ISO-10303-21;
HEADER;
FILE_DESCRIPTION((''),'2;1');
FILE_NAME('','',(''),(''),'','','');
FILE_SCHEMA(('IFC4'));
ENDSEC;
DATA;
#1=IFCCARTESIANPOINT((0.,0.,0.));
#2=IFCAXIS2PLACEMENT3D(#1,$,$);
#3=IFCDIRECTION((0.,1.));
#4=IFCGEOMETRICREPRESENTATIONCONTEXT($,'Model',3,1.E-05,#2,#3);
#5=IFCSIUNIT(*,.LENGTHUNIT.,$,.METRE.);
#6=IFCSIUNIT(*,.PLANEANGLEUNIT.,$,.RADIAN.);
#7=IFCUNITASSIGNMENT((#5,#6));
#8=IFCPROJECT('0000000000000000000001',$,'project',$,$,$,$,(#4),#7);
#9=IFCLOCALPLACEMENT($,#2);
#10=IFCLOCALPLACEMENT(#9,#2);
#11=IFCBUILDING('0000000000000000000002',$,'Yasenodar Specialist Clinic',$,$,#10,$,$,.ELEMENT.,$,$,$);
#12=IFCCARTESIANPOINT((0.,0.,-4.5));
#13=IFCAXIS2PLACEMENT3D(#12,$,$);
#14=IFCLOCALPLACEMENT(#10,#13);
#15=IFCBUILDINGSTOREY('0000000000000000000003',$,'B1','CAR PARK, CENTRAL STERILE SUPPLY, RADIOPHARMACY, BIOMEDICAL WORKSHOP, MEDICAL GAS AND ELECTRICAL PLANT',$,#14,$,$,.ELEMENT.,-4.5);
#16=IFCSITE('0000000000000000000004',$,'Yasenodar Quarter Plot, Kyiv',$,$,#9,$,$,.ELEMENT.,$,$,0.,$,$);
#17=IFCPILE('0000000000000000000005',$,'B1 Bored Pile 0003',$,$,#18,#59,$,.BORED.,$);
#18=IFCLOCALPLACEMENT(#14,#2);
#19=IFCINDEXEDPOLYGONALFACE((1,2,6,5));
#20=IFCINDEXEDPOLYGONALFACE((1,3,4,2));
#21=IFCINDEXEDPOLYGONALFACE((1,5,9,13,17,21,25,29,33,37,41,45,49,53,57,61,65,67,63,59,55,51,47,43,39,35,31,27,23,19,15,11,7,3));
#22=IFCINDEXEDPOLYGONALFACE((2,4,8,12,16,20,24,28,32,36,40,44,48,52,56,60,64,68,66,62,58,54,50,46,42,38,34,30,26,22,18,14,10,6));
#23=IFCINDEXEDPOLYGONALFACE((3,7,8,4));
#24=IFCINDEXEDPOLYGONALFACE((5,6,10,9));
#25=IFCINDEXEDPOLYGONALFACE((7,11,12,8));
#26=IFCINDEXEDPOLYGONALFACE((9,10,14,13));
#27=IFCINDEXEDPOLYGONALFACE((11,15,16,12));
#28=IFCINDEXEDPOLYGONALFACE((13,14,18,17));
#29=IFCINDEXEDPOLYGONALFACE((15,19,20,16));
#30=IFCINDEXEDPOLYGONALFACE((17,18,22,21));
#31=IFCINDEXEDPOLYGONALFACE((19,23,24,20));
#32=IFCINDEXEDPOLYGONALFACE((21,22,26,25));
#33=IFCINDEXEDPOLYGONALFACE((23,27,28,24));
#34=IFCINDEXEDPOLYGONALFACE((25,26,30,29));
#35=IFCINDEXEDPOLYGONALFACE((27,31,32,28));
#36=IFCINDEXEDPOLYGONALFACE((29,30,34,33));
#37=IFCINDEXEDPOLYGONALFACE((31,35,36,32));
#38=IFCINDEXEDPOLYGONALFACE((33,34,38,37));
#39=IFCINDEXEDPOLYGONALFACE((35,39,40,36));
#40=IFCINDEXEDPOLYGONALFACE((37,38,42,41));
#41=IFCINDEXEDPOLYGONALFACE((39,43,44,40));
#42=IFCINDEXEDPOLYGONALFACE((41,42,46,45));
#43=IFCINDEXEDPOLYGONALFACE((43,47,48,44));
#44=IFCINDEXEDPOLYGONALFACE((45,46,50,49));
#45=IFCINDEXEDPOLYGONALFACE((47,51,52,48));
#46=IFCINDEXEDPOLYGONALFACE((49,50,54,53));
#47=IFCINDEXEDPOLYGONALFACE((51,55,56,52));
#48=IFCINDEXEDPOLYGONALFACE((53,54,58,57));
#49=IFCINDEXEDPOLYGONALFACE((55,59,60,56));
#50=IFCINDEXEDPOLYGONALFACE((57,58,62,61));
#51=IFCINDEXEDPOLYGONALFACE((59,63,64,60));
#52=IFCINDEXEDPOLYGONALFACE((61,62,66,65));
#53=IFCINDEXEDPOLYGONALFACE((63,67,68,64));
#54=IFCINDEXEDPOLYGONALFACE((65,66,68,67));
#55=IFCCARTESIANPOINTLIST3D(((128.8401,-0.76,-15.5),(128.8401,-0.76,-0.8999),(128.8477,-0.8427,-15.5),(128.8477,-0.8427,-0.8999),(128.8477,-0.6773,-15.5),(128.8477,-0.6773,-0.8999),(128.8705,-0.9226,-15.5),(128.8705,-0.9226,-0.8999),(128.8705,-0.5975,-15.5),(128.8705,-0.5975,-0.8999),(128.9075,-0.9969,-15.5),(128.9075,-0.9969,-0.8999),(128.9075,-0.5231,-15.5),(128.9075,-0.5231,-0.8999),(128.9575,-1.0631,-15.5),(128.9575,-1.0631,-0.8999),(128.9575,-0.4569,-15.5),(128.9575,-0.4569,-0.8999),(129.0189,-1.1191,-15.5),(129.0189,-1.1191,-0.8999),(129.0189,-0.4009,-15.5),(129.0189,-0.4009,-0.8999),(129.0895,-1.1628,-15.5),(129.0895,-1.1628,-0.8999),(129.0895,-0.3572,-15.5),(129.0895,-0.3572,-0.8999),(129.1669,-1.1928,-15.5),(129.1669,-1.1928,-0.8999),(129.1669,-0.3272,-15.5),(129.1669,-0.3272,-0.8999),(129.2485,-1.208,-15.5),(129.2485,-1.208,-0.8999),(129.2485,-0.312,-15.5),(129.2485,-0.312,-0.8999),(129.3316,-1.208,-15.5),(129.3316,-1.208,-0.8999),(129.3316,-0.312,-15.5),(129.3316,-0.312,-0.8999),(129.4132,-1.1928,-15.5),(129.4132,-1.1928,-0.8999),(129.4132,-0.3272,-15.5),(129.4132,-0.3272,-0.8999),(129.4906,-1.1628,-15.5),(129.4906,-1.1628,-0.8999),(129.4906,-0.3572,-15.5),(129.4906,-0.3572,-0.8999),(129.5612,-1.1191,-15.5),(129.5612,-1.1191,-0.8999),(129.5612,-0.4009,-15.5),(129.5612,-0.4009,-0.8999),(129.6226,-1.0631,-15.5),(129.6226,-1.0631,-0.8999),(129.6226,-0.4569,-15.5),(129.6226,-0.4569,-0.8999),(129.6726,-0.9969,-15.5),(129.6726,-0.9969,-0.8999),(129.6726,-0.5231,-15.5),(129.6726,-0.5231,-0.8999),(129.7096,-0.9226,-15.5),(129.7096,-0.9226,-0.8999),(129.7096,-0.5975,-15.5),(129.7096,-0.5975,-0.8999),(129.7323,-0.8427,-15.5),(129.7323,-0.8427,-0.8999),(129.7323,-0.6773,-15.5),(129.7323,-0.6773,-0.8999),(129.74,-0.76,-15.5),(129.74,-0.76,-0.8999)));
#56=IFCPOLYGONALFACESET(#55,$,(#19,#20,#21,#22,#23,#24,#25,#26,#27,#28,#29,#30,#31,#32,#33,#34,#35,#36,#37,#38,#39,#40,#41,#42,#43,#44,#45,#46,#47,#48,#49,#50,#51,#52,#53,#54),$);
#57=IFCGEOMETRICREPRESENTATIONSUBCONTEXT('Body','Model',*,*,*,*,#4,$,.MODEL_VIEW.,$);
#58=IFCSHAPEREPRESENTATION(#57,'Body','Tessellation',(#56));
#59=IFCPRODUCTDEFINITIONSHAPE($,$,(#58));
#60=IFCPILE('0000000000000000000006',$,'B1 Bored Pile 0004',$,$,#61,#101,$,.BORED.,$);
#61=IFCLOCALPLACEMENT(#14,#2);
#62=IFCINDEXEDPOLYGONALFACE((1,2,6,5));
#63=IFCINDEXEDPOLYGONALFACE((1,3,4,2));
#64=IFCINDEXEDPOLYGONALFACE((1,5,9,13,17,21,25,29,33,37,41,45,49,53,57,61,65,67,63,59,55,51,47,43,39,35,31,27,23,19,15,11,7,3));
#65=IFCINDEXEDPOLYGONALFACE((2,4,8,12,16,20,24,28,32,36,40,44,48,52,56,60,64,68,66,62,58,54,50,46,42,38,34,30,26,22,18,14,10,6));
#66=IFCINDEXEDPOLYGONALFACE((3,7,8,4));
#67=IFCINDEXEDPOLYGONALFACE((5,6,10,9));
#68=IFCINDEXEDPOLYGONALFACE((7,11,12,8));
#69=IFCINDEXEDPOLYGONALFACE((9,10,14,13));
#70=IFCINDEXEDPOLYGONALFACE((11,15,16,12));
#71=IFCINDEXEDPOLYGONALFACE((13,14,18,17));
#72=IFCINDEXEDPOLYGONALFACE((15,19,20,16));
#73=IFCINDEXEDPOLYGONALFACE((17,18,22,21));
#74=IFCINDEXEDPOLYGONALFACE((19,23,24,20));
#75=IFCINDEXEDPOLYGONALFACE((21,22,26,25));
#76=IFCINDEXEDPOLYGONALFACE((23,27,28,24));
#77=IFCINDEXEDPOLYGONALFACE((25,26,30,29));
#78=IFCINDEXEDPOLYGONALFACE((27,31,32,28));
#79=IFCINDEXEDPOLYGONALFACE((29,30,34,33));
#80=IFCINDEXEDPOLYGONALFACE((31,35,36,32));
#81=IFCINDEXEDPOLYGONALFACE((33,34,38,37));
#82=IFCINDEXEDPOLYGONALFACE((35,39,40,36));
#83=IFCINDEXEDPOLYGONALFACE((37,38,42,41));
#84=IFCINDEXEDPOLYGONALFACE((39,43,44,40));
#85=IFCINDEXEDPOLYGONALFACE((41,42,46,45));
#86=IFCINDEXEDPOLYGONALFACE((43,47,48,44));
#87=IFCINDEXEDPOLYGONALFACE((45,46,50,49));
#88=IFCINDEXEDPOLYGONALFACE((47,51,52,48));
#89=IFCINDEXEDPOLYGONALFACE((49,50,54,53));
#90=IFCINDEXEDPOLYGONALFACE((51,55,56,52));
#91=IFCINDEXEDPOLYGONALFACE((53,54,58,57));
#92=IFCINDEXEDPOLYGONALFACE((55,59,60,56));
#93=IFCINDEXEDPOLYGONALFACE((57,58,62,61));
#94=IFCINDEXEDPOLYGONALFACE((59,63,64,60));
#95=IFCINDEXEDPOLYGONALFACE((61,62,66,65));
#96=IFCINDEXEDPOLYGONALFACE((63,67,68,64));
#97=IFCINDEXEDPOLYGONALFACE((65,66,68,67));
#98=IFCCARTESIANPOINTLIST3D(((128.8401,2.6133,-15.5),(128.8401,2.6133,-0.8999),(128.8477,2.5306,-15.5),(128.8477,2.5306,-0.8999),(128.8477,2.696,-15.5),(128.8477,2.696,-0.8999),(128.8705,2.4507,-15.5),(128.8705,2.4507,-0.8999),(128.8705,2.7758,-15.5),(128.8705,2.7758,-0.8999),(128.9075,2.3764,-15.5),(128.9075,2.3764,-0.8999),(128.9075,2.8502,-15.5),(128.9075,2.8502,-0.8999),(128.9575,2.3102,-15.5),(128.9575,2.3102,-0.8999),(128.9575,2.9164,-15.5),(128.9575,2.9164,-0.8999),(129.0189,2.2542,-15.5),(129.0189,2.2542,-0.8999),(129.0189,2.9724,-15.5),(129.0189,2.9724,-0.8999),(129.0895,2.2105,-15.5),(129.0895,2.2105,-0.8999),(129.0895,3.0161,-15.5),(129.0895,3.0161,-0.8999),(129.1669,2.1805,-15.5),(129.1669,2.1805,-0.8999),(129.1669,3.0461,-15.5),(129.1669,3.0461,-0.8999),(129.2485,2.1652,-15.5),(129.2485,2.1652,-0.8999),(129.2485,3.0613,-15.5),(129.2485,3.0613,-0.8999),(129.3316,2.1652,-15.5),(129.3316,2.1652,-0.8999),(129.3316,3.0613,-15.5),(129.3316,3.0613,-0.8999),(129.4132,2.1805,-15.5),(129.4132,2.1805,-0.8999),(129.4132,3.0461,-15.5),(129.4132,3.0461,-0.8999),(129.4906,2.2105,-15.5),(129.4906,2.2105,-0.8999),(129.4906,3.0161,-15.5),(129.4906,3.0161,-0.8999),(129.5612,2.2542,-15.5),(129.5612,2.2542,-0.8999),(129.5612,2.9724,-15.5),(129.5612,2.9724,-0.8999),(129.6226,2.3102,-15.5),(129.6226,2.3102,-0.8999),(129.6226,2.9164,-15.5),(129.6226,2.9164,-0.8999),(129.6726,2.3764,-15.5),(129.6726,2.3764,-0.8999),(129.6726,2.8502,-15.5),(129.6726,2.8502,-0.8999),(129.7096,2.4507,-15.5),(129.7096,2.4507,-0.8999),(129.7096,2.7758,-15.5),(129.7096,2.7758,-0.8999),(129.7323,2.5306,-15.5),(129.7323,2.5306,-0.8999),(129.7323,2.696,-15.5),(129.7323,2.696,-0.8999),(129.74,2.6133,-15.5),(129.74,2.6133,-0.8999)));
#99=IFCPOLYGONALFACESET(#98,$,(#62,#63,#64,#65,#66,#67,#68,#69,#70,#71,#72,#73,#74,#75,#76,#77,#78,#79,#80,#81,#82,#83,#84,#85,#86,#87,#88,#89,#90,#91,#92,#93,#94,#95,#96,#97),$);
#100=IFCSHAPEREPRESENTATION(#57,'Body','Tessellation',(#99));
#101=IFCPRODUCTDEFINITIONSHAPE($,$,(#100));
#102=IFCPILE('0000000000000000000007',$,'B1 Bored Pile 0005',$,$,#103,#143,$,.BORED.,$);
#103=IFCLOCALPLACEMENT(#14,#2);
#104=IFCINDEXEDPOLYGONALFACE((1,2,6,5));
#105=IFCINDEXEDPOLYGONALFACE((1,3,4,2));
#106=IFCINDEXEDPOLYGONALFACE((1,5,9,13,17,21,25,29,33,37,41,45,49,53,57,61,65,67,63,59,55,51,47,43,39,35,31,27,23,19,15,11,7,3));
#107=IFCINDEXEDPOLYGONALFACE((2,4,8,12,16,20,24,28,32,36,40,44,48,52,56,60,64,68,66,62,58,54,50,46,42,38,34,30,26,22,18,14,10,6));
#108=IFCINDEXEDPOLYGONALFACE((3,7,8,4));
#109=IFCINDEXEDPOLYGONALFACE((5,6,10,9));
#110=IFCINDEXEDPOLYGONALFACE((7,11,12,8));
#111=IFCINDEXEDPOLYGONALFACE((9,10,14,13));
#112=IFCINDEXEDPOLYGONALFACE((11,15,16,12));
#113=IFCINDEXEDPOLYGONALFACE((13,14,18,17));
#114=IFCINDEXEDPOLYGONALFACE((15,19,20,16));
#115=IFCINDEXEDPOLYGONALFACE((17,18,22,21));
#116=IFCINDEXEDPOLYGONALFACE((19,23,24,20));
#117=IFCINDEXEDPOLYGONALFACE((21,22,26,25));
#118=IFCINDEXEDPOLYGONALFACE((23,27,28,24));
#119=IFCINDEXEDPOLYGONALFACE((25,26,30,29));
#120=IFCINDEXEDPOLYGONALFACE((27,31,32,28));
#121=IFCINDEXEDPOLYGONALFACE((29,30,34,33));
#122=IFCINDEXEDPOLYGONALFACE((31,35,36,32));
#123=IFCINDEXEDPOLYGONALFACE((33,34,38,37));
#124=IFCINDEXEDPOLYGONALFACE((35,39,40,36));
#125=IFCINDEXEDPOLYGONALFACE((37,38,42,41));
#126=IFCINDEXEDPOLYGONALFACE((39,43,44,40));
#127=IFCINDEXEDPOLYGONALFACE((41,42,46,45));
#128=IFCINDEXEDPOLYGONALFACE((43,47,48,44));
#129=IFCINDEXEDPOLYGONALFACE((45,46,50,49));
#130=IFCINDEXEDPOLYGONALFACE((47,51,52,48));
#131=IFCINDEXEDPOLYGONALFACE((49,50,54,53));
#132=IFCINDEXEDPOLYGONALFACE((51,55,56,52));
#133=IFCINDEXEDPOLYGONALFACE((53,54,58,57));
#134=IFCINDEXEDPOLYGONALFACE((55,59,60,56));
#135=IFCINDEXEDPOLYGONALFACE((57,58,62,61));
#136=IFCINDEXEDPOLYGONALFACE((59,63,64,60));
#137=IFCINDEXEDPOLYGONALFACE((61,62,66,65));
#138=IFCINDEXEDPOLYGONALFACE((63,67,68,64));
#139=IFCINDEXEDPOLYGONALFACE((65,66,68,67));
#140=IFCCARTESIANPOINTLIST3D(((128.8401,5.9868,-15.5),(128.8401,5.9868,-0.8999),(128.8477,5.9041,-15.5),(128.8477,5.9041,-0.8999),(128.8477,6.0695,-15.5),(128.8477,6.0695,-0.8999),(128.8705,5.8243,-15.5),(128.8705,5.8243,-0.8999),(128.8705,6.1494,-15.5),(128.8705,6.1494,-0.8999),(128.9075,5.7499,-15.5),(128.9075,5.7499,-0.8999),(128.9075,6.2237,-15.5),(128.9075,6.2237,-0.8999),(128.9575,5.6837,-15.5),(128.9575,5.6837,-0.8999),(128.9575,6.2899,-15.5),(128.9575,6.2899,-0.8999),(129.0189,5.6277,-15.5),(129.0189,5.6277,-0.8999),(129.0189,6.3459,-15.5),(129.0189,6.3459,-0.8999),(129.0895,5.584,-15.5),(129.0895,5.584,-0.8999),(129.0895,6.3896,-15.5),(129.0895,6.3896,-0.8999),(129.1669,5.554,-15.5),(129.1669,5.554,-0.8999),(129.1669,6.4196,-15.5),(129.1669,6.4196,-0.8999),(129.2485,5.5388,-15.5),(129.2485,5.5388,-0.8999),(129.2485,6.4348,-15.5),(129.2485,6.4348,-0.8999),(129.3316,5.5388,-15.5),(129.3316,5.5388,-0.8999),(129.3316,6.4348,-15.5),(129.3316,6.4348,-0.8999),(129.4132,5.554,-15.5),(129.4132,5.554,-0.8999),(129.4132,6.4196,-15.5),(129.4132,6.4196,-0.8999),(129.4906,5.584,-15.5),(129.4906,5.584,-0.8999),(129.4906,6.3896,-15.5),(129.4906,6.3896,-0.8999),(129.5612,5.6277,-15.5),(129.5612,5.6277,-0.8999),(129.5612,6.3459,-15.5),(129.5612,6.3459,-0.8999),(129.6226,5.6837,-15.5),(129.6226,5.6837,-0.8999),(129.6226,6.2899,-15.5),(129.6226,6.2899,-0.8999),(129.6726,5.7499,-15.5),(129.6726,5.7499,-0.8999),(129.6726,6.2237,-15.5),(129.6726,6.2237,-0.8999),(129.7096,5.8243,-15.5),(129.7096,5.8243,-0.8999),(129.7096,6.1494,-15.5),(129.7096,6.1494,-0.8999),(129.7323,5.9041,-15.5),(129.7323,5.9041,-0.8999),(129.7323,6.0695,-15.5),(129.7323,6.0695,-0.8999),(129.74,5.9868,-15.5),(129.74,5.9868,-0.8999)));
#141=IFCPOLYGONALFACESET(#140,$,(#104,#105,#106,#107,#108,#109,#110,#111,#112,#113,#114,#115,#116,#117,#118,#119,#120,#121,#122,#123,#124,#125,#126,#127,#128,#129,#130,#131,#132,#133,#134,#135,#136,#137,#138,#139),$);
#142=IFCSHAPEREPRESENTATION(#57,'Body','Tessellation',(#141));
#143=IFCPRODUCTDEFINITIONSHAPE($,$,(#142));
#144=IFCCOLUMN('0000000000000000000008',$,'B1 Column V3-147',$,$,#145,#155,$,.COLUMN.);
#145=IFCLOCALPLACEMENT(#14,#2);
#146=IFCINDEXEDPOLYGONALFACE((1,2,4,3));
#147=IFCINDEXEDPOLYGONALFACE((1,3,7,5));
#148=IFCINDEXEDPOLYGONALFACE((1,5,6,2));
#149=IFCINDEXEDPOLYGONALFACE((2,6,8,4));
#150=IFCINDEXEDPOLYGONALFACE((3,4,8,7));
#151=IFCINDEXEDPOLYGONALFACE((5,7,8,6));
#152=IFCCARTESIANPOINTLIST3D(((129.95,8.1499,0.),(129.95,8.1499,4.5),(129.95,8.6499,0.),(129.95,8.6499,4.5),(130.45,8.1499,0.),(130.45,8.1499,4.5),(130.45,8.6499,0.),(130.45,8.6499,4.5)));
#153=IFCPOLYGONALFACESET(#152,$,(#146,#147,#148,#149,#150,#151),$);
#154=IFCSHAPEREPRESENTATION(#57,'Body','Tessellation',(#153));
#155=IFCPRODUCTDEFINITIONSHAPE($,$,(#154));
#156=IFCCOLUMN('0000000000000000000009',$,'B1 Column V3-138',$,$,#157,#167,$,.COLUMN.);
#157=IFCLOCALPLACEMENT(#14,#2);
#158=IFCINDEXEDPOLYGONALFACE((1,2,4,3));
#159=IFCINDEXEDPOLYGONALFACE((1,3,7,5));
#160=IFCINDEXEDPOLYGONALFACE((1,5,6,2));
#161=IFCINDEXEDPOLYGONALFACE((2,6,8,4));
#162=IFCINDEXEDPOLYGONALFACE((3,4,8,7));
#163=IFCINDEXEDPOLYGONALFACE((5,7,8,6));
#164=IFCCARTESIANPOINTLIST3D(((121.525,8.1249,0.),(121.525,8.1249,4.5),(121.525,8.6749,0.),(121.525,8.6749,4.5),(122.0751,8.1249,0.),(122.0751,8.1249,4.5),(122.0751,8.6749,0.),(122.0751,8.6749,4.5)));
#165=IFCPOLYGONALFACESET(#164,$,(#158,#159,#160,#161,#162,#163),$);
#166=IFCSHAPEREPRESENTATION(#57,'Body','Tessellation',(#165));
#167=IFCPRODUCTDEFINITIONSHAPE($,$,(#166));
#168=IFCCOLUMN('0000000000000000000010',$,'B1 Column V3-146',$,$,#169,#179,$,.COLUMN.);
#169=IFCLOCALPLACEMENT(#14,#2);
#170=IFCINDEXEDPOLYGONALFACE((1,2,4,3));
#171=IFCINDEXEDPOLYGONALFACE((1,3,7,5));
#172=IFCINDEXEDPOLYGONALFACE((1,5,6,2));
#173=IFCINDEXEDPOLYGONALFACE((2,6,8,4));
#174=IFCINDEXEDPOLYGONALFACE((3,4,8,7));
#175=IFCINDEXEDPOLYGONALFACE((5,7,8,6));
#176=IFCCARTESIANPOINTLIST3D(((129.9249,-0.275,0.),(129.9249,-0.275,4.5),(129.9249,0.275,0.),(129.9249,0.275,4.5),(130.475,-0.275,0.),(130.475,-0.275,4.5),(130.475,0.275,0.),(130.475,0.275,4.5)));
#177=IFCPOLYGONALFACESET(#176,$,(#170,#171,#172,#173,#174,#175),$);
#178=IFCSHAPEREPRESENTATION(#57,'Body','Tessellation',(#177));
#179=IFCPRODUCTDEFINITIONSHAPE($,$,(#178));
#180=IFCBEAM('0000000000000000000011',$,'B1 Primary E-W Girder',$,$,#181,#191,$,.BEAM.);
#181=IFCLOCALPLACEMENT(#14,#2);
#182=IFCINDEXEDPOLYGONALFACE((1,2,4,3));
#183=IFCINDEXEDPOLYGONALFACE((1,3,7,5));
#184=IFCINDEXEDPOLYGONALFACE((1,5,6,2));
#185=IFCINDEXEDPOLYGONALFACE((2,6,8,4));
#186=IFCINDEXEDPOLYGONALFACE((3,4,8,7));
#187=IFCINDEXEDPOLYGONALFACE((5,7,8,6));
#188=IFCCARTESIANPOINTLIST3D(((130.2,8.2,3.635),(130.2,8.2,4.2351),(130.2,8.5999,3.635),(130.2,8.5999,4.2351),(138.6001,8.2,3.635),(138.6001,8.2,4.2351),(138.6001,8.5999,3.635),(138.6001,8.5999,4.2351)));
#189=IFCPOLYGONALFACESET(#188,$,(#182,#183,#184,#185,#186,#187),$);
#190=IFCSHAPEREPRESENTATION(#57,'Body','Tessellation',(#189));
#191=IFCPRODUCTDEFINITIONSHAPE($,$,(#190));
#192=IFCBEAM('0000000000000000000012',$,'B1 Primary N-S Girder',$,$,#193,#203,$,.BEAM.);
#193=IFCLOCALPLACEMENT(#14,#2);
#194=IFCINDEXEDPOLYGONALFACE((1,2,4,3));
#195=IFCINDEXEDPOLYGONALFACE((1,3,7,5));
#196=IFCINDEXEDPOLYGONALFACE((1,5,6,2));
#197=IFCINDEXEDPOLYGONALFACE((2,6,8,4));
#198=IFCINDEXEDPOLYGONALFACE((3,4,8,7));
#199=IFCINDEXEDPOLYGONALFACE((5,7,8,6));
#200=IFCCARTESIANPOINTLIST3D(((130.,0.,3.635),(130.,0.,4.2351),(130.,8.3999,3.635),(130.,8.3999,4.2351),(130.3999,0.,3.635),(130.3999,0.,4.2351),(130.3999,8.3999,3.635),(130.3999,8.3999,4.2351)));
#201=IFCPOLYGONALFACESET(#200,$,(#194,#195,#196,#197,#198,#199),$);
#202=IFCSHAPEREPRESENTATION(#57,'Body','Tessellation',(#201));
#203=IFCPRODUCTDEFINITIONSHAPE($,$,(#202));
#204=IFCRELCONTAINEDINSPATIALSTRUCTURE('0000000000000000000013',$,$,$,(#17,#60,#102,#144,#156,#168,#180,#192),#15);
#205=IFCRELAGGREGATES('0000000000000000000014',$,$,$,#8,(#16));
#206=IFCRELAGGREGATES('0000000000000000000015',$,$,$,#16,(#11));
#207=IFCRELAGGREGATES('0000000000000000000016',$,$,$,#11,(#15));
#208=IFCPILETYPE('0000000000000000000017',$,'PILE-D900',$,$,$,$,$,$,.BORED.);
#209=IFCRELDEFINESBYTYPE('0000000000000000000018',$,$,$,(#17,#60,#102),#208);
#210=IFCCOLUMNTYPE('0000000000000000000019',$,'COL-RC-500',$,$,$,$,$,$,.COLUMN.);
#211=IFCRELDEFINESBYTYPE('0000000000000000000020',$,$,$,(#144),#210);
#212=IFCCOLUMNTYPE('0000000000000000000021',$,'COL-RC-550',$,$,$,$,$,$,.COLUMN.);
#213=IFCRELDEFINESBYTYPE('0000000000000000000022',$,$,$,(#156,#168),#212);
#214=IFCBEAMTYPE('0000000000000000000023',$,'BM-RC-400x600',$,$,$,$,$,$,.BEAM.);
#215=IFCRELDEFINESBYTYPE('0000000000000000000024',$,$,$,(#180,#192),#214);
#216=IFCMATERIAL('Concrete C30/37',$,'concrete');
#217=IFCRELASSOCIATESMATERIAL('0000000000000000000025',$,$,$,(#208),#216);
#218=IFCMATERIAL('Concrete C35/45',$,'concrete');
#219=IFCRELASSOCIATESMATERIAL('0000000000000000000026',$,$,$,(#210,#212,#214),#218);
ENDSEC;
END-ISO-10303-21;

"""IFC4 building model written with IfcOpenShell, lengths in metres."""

from ifc_helpers import new_model, si_unit, direction, frame, origin, origin_2d, place, context, subcontext, project, spatial, rectangle, circle, extrude, material, material_profile, profile_set, type_object, element, save


model = new_model("IFC4")

# Units and contexts
model_context = context("Model", 3, precision=1e-05, world=origin(), true_north=direction((0.0, 1.0)))
body_context = subcontext(model_context, "Body", "Model", "MODEL_VIEW")
ifc_project = project(units=[si_unit("LENGTHUNIT", "METRE"), si_unit("PLANEANGLEUNIT", "RADIAN")], contexts=[model_context])

# Site, building, storey
site_placement = place(None, origin())
site = spatial("IfcSite", under=ifc_project, at=site_placement, Name="Yasenodar Quarter Plot, Kyiv", CompositionType="ELEMENT", RefElevation=0.0)
building_placement = place(site_placement, origin())
building = spatial("IfcBuilding", under=site, at=building_placement, Name="Yasenodar Specialist Clinic", CompositionType="ELEMENT")
storey_placement = place(building_placement, frame((0.0, 0.0, -4.5)))
storey = spatial("IfcBuildingStorey", under=building, at=storey_placement, Name="B1", Description="CAR PARK, CENTRAL STERILE SUPPLY, RADIOPHARMACY, BIOMEDICAL WORKSHOP, MEDICAL GAS AND ELECTRICAL PLANT", CompositionType="ELEMENT", Elevation=-4.5)

# Shared definitions
ifc_material_1 = material(Name="Concrete C35/45", Category="concrete")

# Piles
ifc_material_2 = material(Name="Concrete C30/37", Category="concrete")
ifc_material_profile_1 = material_profile(ifc_material_2, circle(Radius=0.45, at=origin_2d()), Name="PILE D900")
ifc_profile_set_1 = profile_set([ifc_material_profile_1], Name="Concrete C30/37")
pile_type_1 = type_object("IfcPileType", Name="PILE-D900", PredefinedType="BORED", material=ifc_profile_set_1)
for number, where, z_axis, x_axis, name in (
    (1, (129.29, -0.76, -0.8999), (0.0, 0.0, -1.0), (1.0, 0.0, 0.0), "B1 Bored Pile 0003"),
    (2, (129.29, 2.6133, -0.8999), (0.0, 0.0, -1.0), (1.0, 0.0, 0.0), "B1 Bored Pile 0004"),
    (3, (129.29, 5.9868, -0.8999), (0.0, 0.0, -1.0), (1.0, 0.0, 0.0), "B1 Bored Pile 0005"),
):
    element("IfcPile", number, at=place(storey_placement, frame(where, z_axis=z_axis, x_axis=x_axis)), inside=storey, type_object=pile_type_1, Name=name, PredefinedType="BORED", context=body_context, shape_type="SweptSolid", body=[
        extrude(circle(Radius=0.45, at=origin_2d()), origin(), (0.0, 0.0, 1.0), 14.6001),
    ])

# Columns
ifc_material_profile_2 = material_profile(ifc_material_1, rectangle(XDim=0.5, YDim=0.5, at=origin_2d()), Name="RC 500x500")
ifc_profile_set_2 = profile_set([ifc_material_profile_2], Name="Concrete C35/45")
column_type_1 = type_object("IfcColumnType", Name="COL-RC-500", PredefinedType="COLUMN", material=ifc_profile_set_2)
column_placement = place(storey_placement, frame((130.2, 8.3999, 0.0), z_axis=(0.0, 0.0, 1.0), x_axis=(1.0, 0.0, 0.0)))
element("IfcColumn", 4, at=column_placement, inside=storey, type_object=column_type_1, Name="B1 Column V3-147", PredefinedType="COLUMN", context=body_context, shape_type="SweptSolid", body=[
    extrude(rectangle(XDim=0.5, YDim=0.5, at=origin_2d()), origin(), (0.0, 0.0, 1.0), 4.5),
])
ifc_material_profile_3 = material_profile(ifc_material_1, rectangle(XDim=0.55, YDim=0.55, at=origin_2d()), Name="RC 550x550")
ifc_profile_set_3 = profile_set([ifc_material_profile_3], Name="Concrete C35/45")
column_type_2 = type_object("IfcColumnType", Name="COL-RC-550", PredefinedType="COLUMN", material=ifc_profile_set_3)
for number, where, z_axis, x_axis, name in (
    (5, (121.8, 8.3999, 0.0), (0.0, 0.0, 1.0), (1.0, 0.0, 0.0), "B1 Column V3-138"),
    (6, (130.2, 0.0, 0.0), (0.0, 0.0, 1.0), (1.0, 0.0, 0.0), "B1 Column V3-146"),
):
    element("IfcColumn", number, at=place(storey_placement, frame(where, z_axis=z_axis, x_axis=x_axis)), inside=storey, type_object=column_type_2, Name=name, PredefinedType="COLUMN", context=body_context, shape_type="SweptSolid", body=[
        extrude(rectangle(XDim=0.55, YDim=0.55, at=origin_2d()), origin(), (0.0, 0.0, 1.0), 4.5),
    ])

# Beams
ifc_material_profile_4 = material_profile(ifc_material_1, rectangle(XDim=0.3999, YDim=0.6001, at=origin_2d()), Name="RC 400x600")
ifc_profile_set_4 = profile_set([ifc_material_profile_4], Name="Concrete C35/45")
beam_type_1 = type_object("IfcBeamType", Name="BM-RC-400x600", PredefinedType="BEAM", material=ifc_profile_set_4)
beam_1_placement = place(storey_placement, frame((130.2, 8.3999, 3.9351), z_axis=(1.0, 0.0, 0.0), x_axis=(0.0, 1.0, 0.0)))
element("IfcBeam", 7, at=beam_1_placement, inside=storey, type_object=beam_type_1, Name="B1 Primary E-W Girder", PredefinedType="BEAM", context=body_context, shape_type="SweptSolid", body=[
    extrude(rectangle(XDim=0.3999, YDim=0.6001, at=origin_2d()), origin(), (0.0, 0.0, 1.0), 8.4001),
])
beam_2_placement = place(storey_placement, frame((130.2, 0.0, 3.9351), z_axis=(0.0, 1.0, 0.0), x_axis=(-1.0, 0.0, 0.0)))
element("IfcBeam", 8, at=beam_2_placement, inside=storey, type_object=beam_type_1, Name="B1 Primary N-S Girder", PredefinedType="BEAM", context=body_context, shape_type="SweptSolid", body=[
    extrude(rectangle(XDim=0.3999, YDim=0.6001, at=origin_2d()), origin(), (0.0, 0.0, 1.0), 8.3999),
])

save(model, "model.ifc")
